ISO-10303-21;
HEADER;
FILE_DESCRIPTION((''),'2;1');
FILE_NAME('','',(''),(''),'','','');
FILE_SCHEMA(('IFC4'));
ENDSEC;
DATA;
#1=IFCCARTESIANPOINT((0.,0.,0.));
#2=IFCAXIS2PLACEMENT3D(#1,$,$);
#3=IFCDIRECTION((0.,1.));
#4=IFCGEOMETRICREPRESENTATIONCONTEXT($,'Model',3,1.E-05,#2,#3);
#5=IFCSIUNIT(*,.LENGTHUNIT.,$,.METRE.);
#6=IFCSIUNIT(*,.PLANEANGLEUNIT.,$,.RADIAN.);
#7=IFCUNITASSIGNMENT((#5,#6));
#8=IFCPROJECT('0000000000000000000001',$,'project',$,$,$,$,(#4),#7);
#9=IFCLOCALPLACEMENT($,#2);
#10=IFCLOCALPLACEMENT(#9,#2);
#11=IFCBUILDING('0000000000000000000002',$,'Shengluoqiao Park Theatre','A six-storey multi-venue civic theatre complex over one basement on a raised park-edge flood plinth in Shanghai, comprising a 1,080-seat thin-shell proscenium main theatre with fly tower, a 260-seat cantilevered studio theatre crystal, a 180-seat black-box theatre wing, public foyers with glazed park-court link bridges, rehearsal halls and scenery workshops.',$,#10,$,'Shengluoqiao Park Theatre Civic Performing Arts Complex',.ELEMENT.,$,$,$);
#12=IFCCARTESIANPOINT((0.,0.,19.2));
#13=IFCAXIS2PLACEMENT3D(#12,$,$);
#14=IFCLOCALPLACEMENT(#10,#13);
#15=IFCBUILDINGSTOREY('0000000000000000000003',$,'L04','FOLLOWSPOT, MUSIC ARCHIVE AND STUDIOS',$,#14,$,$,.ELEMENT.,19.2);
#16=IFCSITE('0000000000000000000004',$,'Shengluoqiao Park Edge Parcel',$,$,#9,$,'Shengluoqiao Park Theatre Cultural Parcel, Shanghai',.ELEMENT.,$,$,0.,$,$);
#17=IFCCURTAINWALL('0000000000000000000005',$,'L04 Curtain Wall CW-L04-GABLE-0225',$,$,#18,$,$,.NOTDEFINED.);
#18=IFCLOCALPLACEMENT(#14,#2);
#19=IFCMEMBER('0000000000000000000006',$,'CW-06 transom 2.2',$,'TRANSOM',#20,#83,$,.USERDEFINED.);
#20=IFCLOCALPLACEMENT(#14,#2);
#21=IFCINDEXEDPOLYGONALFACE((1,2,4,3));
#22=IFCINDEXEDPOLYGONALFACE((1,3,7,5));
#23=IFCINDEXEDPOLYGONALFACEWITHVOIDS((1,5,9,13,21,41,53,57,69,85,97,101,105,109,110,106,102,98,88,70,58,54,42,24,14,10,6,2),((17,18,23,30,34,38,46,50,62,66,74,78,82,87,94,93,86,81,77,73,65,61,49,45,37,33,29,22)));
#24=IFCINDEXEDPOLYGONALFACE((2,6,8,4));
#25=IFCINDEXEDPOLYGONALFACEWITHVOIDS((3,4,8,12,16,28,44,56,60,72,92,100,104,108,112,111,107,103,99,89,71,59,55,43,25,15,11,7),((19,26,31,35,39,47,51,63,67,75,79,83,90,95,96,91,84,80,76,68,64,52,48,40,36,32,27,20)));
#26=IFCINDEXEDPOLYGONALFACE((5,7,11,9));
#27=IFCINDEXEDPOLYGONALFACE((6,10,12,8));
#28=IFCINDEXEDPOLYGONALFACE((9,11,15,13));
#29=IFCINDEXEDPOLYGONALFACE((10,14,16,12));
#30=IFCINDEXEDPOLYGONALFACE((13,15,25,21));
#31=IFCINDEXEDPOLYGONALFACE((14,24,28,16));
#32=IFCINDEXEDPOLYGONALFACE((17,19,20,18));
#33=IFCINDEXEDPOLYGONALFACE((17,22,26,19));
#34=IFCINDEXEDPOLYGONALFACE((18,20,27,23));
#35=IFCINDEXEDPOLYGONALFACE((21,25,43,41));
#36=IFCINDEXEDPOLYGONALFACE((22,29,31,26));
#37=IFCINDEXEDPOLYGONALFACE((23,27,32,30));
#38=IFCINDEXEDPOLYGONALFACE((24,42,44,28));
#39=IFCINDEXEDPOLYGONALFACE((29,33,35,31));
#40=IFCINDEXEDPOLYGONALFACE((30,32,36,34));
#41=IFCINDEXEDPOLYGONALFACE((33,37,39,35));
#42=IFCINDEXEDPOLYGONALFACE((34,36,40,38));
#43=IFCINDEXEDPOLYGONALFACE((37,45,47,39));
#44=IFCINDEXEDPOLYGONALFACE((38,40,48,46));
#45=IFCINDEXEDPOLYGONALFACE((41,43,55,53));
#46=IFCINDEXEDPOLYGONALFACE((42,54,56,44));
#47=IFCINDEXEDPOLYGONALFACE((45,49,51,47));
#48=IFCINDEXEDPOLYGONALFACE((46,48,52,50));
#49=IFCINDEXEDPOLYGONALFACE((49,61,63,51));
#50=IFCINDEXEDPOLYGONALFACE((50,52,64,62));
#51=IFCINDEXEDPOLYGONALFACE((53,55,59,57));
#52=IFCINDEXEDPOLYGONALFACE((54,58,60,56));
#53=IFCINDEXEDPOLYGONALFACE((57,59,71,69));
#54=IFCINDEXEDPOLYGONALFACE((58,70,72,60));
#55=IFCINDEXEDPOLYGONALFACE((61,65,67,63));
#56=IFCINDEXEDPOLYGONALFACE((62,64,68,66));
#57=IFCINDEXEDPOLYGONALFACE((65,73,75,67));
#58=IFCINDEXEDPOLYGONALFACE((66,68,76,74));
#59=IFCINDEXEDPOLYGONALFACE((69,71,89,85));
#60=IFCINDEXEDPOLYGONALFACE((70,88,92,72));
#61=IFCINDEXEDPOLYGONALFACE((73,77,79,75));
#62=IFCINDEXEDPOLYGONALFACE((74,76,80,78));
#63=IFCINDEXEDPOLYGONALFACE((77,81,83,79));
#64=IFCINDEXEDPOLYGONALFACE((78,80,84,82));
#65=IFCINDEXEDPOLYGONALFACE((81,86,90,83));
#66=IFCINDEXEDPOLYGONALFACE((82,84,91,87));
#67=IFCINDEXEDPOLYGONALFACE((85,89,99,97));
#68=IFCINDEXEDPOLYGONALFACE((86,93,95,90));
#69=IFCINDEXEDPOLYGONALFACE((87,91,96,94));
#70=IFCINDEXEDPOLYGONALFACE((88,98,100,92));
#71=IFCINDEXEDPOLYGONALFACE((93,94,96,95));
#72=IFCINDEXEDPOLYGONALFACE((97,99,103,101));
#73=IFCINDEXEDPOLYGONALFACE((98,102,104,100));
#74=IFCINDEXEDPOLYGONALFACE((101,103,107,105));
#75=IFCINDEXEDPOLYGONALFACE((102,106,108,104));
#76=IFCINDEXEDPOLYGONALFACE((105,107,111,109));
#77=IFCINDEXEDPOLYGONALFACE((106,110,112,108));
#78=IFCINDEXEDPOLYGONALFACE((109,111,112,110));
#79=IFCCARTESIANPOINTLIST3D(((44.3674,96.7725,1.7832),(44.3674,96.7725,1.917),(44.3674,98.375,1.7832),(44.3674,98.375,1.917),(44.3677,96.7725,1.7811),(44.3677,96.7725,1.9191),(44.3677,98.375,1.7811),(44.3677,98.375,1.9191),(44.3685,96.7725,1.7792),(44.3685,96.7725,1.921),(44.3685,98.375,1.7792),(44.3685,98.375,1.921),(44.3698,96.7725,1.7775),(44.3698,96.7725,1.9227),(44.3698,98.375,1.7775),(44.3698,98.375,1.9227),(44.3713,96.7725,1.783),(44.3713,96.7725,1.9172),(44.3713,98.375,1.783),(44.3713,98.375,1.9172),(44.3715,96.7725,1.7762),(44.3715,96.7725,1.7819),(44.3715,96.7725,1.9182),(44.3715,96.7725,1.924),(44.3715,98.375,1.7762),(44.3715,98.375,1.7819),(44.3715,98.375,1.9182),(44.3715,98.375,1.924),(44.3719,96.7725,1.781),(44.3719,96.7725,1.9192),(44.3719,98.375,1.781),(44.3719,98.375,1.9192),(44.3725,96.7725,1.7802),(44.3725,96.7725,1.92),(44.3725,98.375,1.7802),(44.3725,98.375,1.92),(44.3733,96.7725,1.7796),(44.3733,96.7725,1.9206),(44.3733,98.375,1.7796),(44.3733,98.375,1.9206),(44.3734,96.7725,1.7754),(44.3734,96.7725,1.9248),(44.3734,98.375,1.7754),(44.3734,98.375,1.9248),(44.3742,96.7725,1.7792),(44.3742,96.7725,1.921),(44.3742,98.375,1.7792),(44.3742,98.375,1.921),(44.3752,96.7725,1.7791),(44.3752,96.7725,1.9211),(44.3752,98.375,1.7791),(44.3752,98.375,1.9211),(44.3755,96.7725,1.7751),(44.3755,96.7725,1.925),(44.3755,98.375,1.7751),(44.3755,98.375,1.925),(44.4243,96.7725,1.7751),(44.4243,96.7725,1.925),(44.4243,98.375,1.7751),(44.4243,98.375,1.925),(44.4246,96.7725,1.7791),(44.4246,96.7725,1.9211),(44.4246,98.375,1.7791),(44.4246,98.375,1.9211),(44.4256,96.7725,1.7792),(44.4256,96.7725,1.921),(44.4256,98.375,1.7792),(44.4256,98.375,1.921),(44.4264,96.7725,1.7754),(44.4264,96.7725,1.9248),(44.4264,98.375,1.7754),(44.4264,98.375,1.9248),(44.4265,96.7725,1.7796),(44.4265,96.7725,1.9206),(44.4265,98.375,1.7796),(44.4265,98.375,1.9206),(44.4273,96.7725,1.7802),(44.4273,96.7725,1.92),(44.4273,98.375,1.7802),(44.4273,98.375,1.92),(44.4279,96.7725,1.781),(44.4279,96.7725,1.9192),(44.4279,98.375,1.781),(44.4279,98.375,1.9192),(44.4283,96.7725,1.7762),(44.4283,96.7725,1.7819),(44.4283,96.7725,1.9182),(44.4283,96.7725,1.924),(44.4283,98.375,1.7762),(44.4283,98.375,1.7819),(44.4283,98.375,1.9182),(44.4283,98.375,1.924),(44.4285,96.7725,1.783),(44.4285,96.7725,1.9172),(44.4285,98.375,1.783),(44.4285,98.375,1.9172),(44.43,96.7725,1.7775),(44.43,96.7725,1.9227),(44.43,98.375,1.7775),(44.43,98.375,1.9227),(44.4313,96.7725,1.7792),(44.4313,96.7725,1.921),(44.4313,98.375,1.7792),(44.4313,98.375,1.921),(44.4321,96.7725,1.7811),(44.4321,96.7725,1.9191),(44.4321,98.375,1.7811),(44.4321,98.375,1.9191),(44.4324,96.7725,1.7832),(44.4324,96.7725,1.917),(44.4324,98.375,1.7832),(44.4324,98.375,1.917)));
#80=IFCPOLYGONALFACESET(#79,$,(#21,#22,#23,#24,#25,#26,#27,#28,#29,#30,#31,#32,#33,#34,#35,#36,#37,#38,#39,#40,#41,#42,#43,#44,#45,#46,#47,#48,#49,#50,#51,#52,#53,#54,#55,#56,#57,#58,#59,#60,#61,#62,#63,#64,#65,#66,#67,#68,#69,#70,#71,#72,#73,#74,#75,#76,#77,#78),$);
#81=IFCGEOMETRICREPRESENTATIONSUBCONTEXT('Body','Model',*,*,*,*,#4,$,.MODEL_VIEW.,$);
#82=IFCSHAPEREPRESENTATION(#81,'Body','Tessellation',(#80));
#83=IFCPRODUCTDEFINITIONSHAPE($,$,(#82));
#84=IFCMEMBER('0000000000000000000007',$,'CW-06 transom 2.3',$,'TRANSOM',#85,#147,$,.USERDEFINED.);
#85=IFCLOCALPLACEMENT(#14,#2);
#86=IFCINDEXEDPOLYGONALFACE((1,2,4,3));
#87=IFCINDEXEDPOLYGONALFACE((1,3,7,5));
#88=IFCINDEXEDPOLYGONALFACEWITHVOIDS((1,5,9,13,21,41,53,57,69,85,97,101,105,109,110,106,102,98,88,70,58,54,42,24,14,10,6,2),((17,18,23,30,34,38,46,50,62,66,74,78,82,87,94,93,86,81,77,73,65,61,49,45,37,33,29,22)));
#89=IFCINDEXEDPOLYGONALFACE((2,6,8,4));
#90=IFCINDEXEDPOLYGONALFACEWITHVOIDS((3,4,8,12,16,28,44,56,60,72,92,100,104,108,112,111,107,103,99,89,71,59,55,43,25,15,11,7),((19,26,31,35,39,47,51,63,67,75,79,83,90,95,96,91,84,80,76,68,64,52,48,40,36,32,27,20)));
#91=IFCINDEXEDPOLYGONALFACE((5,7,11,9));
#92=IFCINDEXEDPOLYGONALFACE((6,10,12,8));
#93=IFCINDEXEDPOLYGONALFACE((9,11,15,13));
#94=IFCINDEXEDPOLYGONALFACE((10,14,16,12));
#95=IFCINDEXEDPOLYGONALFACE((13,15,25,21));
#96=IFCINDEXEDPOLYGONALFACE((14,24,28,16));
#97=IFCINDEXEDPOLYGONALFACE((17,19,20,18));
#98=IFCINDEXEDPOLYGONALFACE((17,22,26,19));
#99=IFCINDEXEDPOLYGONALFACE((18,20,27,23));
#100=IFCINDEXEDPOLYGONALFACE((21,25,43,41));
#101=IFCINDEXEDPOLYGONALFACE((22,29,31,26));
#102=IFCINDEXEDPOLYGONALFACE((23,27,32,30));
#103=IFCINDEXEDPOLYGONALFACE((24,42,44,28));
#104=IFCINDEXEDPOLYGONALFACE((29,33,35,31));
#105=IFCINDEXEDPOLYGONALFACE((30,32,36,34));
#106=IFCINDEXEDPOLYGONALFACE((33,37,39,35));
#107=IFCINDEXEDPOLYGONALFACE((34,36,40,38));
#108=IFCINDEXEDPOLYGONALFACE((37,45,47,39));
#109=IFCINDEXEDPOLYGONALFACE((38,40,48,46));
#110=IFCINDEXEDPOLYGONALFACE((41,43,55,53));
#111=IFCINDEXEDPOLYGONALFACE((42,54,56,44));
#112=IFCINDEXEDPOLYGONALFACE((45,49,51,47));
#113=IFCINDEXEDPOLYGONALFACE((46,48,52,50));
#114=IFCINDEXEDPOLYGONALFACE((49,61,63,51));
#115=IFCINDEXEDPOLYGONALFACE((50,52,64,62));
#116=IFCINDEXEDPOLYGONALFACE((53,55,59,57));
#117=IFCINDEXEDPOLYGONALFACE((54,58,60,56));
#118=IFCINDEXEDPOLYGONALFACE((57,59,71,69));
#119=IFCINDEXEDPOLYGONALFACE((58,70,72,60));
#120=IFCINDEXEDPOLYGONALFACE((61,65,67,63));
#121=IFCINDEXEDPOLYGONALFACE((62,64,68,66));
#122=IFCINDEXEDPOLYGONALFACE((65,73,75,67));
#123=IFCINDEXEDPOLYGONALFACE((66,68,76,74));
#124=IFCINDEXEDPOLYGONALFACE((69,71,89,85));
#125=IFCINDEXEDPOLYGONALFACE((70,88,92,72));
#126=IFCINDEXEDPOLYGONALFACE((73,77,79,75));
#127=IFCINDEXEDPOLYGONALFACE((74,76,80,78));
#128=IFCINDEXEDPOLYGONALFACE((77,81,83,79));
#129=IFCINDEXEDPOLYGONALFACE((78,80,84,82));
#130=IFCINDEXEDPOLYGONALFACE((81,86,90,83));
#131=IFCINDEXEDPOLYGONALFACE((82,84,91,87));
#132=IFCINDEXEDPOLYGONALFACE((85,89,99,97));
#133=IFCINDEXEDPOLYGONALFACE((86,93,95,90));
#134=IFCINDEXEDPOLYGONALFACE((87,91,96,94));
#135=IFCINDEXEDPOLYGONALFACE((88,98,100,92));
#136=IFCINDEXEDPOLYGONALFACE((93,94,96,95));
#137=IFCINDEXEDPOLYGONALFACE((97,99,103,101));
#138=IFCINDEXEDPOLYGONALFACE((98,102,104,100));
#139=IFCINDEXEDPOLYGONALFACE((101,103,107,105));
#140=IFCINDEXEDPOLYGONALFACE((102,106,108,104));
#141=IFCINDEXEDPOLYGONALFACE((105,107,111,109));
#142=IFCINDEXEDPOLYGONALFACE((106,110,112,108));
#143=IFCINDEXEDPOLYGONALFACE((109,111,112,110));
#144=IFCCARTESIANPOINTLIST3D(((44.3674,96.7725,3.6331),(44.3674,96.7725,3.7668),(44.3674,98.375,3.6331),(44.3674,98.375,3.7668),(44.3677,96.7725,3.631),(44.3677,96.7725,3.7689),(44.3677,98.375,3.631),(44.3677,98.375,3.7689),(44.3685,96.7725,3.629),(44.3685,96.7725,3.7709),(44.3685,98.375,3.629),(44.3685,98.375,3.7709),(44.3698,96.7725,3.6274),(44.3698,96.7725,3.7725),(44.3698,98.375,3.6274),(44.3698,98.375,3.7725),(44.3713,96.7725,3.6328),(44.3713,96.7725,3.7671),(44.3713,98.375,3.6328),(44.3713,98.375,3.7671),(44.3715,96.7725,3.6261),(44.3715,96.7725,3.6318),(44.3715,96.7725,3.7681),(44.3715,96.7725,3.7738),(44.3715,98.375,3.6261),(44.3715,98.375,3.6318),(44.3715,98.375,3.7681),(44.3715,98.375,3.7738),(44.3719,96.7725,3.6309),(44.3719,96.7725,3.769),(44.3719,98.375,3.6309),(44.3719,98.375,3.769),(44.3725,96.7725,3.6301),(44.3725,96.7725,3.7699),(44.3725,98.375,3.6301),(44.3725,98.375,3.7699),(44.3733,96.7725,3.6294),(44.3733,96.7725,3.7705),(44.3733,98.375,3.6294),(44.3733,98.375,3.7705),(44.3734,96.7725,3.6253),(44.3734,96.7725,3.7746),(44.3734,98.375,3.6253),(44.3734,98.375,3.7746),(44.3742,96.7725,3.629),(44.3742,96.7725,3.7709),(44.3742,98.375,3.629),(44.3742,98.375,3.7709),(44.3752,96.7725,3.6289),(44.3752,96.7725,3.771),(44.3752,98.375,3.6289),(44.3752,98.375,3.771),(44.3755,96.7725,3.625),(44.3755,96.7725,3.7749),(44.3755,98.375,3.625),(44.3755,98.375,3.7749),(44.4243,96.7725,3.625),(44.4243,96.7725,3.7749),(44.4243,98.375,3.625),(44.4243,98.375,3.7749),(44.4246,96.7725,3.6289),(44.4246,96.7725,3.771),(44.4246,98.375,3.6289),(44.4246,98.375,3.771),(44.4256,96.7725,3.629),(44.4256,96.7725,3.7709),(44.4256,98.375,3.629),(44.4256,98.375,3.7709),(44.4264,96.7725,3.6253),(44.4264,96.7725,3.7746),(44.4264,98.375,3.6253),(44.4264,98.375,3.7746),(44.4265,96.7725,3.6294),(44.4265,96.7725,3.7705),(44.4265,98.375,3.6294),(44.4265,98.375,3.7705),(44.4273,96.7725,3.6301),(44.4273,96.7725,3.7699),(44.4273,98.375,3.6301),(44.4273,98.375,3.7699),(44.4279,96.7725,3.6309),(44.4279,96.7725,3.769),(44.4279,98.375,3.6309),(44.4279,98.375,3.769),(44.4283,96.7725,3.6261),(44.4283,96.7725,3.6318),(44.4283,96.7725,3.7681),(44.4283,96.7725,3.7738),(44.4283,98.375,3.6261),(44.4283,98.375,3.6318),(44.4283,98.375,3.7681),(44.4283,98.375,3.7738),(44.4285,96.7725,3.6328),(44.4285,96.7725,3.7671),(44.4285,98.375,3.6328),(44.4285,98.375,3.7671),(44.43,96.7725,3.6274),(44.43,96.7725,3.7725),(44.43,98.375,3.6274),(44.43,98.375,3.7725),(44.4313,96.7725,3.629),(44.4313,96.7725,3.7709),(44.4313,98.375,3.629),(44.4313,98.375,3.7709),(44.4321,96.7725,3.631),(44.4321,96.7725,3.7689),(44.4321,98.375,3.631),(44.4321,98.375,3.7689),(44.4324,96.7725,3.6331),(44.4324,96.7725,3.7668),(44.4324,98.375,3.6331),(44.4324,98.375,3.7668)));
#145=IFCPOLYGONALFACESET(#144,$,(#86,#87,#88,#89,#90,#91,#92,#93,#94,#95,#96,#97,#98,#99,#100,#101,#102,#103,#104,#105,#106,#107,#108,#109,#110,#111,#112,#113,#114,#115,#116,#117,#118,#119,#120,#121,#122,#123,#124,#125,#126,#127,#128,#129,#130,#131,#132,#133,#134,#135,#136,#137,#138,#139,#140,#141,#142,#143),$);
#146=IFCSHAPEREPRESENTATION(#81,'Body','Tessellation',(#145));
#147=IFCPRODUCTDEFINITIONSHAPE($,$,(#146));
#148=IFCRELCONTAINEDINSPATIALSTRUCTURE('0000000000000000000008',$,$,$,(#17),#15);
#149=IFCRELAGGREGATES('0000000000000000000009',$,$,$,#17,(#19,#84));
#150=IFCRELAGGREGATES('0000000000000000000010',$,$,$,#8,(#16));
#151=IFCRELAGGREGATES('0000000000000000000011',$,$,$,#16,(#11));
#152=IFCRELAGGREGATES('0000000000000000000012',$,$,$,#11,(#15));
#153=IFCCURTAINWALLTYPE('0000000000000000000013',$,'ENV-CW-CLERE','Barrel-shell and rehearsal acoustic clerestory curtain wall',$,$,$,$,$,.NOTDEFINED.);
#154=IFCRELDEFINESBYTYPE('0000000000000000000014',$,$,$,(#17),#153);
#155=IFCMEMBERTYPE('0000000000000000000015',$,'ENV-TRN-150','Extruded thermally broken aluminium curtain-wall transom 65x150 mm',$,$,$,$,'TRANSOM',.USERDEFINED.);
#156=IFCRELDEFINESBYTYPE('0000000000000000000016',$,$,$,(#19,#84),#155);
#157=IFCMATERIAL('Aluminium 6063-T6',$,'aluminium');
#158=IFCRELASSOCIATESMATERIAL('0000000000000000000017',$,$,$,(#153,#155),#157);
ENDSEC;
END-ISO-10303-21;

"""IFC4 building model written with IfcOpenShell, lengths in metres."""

from ifc_helpers import new_model, si_unit, direction, frame, origin, origin_2d, place, context, subcontext, project, spatial, hollow_rectangle, extrude, material, material_profile, profile_set, type_object, element, aggregate, save


model = new_model("IFC4")

# Units and contexts
model_context = context("Model", 3, precision=1e-05, world=origin(), true_north=direction((0.0, 1.0)))
body_context = subcontext(model_context, "Body", "Model", "MODEL_VIEW")
ifc_project = project(units=[si_unit("LENGTHUNIT", "METRE"), si_unit("PLANEANGLEUNIT", "RADIAN")], contexts=[model_context])

# Site, building, storey
site_placement = place(None, origin())
site = spatial("IfcSite", under=ifc_project, at=site_placement, Name="Shengluoqiao Park Edge Parcel", LongName="Shengluoqiao Park Theatre Cultural Parcel, Shanghai", CompositionType="ELEMENT", RefElevation=0.0)
building_placement = place(site_placement, origin())
building = spatial("IfcBuilding", under=site, at=building_placement, Name="Shengluoqiao Park Theatre", Description="A six-storey multi-venue civic theatre complex over one basement on a raised park-edge flood plinth in Shanghai, comprising a 1,080-seat thin-shell proscenium main theatre with fly tower, a 260-seat cantilevered studio theatre crystal, a 180-seat black-box theatre wing, public foyers with glazed park-court link bridges, rehearsal halls and scenery workshops.", LongName="Shengluoqiao Park Theatre Civic Performing Arts Complex", CompositionType="ELEMENT")
storey_placement = place(building_placement, frame((0.0, 0.0, 19.2)))
storey = spatial("IfcBuildingStorey", under=building, at=storey_placement, Name="L04", Description="FOLLOWSPOT, MUSIC ARCHIVE AND STUDIOS", CompositionType="ELEMENT", Elevation=19.2)

# Curtain wall
ifc_material_1 = material(Name="Aluminium 6063-T6", Category="aluminium")
curtain_wall_type = type_object("IfcCurtainWallType", Name="ENV-CW-CLERE", Description="Barrel-shell and rehearsal acoustic clerestory curtain wall", PredefinedType="NOTDEFINED", material=ifc_material_1)
curtain_wall_1_placement = place(storey_placement, origin())
curtain_wall_1 = element("IfcCurtainWall", 1, at=curtain_wall_1_placement, inside=storey, type_object=curtain_wall_type, Name="L04 Curtain Wall CW-L04-GABLE-0225", PredefinedType="NOTDEFINED")

# Members
ifc_material_profile_1 = material_profile(ifc_material_1, hollow_rectangle(XDim=0.0649, YDim=0.1499, WallThickness=0.0039, InnerFilletRadius=0.0039, OuterFilletRadius=0.0081, at=origin_2d()), Name="ALU TRANSOM 150x65x4")
ifc_profile_set_1 = profile_set([ifc_material_profile_1], Name="Aluminium 6063-T6")
member_type_1 = type_object("IfcMemberType", Name="ENV-TRN-150", Description="Extruded thermally broken aluminium curtain-wall transom 65x150 mm", ElementType="TRANSOM", PredefinedType="USERDEFINED", material=ifc_profile_set_1)
member_1_placement = place(storey_placement, frame((44.3999, 96.7725, 1.8501), z_axis=(0.0, 1.0, 0.0), x_axis=(-1.0, 0.0, 0.0)))
member_1 = element("IfcMember", 2, at=member_1_placement, type_object=member_type_1, Name="CW-06 transom 2.2", ObjectType="TRANSOM", PredefinedType="USERDEFINED", context=body_context, shape_type="SweptSolid", body=[
    extrude(hollow_rectangle(XDim=0.0649, YDim=0.1499, WallThickness=0.0039, InnerFilletRadius=0.0039, OuterFilletRadius=0.0081, at=origin_2d()), origin(), (0.0, 0.0, 1.0), 1.6025),
])
member_2_placement = place(storey_placement, frame((44.3999, 96.7725, 3.7), z_axis=(0.0, 1.0, 0.0), x_axis=(-1.0, 0.0, 0.0)))
member_2 = element("IfcMember", 3, at=member_2_placement, type_object=member_type_1, Name="CW-06 transom 2.3", ObjectType="TRANSOM", PredefinedType="USERDEFINED", context=body_context, shape_type="SweptSolid", body=[
    extrude(hollow_rectangle(XDim=0.0649, YDim=0.1499, WallThickness=0.0039, InnerFilletRadius=0.0039, OuterFilletRadius=0.0081, at=origin_2d()), origin(), (0.0, 0.0, 1.0), 1.6025),
])

aggregate(curtain_wall_1, [member_1, member_2])

save(model, "model.ifc")
